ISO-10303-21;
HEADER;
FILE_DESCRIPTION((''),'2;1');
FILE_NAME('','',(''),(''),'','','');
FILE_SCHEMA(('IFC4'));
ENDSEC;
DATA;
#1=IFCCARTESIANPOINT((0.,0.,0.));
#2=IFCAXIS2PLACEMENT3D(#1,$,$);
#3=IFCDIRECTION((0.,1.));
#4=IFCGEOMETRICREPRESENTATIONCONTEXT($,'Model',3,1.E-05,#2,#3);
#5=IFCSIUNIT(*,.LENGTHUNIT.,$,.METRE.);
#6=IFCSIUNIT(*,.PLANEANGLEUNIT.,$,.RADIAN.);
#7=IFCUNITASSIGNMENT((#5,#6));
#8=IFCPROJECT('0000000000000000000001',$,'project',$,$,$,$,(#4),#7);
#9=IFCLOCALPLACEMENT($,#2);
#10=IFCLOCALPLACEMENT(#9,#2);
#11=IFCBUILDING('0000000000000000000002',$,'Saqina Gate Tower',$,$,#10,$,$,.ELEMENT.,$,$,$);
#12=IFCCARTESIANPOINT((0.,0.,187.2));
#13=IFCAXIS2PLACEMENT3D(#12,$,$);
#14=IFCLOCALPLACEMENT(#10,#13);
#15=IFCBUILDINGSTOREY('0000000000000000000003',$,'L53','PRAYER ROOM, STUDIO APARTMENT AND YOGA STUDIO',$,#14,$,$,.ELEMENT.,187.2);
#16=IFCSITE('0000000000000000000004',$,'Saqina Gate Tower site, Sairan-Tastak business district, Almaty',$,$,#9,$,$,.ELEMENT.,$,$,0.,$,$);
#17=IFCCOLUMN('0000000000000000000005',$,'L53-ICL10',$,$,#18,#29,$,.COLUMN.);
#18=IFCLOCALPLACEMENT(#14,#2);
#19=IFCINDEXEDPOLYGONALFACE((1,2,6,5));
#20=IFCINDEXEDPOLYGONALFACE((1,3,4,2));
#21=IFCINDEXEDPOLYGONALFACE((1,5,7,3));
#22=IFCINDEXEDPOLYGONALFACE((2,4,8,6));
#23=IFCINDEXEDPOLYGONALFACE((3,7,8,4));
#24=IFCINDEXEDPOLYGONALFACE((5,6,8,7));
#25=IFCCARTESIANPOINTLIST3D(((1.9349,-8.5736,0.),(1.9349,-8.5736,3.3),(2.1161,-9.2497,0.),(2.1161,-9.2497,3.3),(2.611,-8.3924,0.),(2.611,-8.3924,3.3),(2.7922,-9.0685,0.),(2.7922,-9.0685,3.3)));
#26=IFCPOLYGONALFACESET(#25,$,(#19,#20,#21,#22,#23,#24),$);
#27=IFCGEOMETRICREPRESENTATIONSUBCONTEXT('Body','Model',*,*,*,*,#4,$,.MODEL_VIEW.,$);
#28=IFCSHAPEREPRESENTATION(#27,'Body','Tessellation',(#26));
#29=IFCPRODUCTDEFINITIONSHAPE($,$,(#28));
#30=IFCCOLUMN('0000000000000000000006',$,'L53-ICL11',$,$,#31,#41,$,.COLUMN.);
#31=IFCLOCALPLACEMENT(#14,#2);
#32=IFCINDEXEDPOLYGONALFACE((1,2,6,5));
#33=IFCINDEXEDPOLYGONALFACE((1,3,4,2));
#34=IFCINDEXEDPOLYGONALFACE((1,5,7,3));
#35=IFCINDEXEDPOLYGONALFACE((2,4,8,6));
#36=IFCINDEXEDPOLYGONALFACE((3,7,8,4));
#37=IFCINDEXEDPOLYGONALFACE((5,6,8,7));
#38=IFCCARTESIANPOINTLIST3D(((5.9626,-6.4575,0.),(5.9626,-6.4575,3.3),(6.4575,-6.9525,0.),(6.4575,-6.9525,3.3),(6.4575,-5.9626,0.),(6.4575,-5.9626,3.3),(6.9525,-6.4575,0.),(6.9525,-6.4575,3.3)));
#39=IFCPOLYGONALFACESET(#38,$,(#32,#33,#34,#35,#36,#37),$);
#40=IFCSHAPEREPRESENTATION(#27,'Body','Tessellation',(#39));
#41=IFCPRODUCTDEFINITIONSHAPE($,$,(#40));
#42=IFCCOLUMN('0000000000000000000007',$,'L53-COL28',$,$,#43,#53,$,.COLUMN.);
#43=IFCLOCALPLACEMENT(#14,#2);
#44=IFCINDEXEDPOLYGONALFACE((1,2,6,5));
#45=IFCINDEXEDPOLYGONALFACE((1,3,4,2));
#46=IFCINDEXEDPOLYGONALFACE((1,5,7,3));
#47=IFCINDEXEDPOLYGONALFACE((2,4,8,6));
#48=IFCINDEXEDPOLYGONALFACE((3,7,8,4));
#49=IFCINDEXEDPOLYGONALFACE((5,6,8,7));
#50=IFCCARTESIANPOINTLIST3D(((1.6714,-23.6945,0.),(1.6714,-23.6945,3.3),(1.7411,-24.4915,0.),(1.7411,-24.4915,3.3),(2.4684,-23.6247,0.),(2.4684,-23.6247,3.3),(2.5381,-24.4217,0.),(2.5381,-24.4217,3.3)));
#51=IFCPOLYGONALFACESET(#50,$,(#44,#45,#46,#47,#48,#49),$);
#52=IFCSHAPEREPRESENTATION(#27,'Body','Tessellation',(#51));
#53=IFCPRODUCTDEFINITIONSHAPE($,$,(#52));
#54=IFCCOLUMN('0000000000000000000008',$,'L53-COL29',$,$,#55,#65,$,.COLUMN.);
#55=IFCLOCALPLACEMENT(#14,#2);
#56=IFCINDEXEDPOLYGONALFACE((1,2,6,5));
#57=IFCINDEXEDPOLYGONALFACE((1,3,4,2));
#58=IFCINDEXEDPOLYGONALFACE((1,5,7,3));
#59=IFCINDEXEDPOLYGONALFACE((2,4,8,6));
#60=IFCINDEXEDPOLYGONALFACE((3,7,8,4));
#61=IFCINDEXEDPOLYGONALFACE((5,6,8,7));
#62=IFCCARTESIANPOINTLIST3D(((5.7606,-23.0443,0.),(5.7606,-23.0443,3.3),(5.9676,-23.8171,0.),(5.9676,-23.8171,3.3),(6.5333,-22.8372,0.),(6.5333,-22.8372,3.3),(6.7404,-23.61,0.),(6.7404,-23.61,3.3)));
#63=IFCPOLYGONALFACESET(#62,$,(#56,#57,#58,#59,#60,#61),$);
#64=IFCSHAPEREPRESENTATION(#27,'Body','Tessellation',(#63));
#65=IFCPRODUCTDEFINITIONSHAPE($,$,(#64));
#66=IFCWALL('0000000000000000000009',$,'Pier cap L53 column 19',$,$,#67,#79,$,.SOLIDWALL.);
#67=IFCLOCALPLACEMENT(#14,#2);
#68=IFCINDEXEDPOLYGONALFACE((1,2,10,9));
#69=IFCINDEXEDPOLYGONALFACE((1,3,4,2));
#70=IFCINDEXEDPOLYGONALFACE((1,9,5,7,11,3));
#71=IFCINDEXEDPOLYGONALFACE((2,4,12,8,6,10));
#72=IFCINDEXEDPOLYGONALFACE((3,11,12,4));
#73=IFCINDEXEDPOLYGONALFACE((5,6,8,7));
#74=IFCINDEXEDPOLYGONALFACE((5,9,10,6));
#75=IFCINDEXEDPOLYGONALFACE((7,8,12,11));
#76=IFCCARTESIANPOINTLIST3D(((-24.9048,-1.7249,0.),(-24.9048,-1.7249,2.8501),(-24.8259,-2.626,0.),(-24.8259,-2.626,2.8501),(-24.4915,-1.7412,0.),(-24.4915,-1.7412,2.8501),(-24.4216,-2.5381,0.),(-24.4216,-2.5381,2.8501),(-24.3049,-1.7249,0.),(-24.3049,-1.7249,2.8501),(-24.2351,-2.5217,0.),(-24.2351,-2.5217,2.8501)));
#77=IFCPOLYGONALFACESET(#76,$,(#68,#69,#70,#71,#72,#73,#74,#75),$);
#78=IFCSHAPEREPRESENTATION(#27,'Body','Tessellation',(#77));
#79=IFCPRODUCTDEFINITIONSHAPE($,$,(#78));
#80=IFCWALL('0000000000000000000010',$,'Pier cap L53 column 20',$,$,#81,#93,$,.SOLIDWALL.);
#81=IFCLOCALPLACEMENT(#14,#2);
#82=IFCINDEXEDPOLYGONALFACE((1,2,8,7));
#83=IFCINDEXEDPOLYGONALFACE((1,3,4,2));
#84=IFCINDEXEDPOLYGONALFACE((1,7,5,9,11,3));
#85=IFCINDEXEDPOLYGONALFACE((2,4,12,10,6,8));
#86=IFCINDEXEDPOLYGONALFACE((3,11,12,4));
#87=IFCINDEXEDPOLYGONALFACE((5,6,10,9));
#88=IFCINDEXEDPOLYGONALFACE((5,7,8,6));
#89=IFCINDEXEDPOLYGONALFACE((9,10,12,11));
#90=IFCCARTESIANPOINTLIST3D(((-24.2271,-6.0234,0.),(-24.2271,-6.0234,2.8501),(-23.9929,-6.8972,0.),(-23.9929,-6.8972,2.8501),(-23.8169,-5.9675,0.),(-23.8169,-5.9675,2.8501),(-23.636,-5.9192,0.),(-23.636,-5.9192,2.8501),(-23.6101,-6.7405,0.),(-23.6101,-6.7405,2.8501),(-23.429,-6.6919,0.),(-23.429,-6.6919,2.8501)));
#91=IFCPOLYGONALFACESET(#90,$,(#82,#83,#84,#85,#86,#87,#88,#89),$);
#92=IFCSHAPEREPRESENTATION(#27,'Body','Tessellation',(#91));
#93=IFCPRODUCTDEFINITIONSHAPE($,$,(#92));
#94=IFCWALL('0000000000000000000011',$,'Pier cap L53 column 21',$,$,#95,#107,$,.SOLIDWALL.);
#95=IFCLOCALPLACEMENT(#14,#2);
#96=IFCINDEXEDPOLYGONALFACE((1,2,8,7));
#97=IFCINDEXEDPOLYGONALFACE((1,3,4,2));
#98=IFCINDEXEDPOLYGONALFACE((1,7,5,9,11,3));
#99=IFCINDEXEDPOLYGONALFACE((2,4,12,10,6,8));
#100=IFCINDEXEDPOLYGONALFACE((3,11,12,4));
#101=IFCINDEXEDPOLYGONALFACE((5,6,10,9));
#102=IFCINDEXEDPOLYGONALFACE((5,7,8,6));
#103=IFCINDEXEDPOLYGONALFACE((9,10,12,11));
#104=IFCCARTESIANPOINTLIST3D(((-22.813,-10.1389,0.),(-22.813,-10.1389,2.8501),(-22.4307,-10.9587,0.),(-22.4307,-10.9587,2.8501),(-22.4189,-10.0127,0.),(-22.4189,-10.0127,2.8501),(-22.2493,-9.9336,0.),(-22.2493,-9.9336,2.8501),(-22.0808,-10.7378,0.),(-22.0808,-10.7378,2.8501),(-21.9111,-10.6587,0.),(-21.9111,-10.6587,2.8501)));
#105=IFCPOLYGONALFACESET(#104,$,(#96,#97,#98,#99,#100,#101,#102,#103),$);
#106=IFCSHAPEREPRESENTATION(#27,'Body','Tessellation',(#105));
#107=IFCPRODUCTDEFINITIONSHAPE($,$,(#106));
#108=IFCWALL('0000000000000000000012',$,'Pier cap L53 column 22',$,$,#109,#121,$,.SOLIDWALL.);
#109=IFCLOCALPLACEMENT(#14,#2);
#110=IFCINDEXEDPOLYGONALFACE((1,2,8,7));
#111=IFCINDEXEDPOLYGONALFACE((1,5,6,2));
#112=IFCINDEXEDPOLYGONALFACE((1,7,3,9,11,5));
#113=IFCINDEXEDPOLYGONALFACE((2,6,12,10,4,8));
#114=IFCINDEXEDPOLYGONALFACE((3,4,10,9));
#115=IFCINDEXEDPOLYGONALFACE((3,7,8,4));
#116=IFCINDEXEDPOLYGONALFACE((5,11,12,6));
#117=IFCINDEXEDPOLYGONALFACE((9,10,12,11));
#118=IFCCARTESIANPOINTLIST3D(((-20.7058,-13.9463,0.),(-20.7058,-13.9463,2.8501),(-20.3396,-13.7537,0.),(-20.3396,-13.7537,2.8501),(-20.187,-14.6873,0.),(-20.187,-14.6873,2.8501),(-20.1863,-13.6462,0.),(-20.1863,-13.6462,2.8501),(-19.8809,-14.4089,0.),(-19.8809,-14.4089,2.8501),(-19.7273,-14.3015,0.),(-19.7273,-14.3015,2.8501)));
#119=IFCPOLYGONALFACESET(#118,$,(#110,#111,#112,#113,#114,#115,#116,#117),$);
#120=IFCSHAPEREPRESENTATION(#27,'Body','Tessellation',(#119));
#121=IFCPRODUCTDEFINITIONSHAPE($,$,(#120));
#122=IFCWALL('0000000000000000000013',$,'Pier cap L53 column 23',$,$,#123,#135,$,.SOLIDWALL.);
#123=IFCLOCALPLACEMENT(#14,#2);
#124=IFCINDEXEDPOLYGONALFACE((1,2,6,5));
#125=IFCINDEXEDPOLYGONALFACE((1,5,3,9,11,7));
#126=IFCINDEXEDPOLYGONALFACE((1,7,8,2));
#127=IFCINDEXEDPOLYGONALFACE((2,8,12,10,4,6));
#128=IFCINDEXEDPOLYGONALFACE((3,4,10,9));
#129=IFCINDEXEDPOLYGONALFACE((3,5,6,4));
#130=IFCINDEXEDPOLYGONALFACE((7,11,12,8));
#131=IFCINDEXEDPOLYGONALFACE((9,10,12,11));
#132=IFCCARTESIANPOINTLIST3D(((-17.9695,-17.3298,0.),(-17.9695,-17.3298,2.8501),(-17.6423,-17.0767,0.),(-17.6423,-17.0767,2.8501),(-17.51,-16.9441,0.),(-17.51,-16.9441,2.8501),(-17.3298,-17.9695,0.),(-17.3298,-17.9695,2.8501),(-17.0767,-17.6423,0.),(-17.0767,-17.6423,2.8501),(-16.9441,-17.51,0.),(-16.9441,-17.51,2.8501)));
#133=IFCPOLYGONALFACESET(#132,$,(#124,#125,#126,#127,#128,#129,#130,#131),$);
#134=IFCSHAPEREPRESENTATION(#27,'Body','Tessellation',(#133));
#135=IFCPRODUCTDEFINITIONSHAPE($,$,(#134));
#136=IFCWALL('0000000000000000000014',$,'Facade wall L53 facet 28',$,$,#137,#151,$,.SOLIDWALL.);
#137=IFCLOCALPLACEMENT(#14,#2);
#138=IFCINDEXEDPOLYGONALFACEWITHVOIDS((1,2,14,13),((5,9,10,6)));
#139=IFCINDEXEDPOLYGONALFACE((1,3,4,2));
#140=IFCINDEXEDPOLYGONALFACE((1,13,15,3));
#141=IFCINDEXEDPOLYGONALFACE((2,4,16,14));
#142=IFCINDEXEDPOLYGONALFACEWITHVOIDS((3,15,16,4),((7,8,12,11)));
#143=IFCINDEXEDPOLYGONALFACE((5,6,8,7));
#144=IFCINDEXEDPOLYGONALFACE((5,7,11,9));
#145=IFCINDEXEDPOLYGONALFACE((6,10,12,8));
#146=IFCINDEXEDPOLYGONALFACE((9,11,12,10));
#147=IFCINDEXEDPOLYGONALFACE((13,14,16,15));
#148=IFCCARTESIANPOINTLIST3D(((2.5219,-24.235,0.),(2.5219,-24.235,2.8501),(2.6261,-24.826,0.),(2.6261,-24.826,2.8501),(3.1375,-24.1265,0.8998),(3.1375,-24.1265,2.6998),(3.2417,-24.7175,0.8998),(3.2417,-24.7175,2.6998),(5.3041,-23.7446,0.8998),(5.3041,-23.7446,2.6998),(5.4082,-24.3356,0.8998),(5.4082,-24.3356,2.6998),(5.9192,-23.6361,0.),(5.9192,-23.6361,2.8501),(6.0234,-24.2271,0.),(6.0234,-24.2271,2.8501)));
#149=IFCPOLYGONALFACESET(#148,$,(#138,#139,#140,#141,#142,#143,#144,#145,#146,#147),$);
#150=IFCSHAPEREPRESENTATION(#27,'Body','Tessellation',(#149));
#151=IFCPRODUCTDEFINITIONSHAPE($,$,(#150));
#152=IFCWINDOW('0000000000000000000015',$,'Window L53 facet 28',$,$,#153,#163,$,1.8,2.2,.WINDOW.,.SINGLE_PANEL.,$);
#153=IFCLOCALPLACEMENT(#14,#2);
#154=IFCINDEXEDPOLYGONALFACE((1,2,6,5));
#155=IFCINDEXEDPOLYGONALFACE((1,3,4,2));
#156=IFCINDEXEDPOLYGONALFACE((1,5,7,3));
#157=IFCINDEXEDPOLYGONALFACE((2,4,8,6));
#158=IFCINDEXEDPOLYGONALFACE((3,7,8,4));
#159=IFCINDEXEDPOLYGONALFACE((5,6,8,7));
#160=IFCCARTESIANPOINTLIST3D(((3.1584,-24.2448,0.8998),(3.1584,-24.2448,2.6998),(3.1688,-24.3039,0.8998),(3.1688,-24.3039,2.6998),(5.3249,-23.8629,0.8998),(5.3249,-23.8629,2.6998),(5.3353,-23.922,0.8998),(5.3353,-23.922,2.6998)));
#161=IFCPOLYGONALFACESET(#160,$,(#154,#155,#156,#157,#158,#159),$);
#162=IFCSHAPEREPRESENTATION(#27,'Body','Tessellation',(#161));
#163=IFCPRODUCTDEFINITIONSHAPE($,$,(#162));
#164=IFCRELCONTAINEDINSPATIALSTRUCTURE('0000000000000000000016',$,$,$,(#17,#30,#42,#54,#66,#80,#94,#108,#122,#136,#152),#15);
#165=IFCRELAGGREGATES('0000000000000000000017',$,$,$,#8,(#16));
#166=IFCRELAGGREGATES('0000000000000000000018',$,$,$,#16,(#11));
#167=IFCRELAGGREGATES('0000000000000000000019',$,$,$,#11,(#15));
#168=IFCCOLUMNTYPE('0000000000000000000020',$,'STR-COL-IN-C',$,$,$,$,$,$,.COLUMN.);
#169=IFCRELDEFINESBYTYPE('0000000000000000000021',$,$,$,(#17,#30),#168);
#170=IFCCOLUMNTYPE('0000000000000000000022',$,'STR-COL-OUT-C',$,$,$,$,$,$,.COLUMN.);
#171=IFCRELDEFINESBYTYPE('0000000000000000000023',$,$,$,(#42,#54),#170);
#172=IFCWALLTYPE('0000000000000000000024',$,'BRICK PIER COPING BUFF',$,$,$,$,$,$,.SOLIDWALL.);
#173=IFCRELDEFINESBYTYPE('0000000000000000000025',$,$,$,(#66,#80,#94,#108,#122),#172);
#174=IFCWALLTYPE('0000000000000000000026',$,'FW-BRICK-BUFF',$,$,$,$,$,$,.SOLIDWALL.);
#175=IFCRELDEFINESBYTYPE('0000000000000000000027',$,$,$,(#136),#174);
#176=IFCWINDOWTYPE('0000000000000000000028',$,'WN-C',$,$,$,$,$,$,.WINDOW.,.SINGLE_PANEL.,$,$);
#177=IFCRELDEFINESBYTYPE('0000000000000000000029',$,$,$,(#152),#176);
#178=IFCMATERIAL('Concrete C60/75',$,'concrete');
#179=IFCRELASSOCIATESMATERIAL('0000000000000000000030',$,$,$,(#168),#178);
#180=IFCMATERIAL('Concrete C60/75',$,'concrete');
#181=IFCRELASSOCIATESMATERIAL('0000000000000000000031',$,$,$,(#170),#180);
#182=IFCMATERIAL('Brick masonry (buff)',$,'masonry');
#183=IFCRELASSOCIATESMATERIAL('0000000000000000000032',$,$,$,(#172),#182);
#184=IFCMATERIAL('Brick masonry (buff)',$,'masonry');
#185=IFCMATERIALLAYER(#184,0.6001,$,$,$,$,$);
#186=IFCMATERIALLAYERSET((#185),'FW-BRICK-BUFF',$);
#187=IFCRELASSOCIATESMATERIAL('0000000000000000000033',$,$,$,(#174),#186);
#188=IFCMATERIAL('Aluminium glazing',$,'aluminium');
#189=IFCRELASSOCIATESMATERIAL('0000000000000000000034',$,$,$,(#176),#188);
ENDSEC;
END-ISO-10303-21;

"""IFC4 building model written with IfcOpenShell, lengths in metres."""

from ifc_helpers import new_model, si_unit, direction, frame, frame_2d, origin, origin_2d, place, context, subcontext, project, spatial, polyline, rectangle, outline, extrude, material, layer, layer_set, material_profile, profile_set, type_object, element, fill, save


model = new_model("IFC4")

# Units and contexts
model_context = context("Model", 3, precision=1e-05, world=origin(), true_north=direction((0.0, 1.0)))
body_context = subcontext(model_context, "Body", "Model", "MODEL_VIEW")
ifc_project = project(units=[si_unit("LENGTHUNIT", "METRE"), si_unit("PLANEANGLEUNIT", "RADIAN")], contexts=[model_context])

# Site, building, storey
site_placement = place(None, origin())
site = spatial("IfcSite", under=ifc_project, at=site_placement, Name="Saqina Gate Tower site, Sairan-Tastak business district, Almaty", CompositionType="ELEMENT", RefElevation=0.0)
building_placement = place(site_placement, origin())
building = spatial("IfcBuilding", under=site, at=building_placement, Name="Saqina Gate Tower", CompositionType="ELEMENT")
storey_placement = place(building_placement, frame((0.0, 0.0, 187.2)))
storey = spatial("IfcBuildingStorey", under=building, at=storey_placement, Name="L53", Description="PRAYER ROOM, STUDIO APARTMENT AND YOGA STUDIO", CompositionType="ELEMENT", Elevation=187.2)

# Columns
ifc_material_1 = material(Name="Concrete C60/75", Category="concrete")
ifc_material_profile_1 = material_profile(ifc_material_1, rectangle(XDim=0.7, YDim=0.7, at=origin_2d()), Name="RC 700x700")
ifc_profile_set_1 = profile_set([ifc_material_profile_1], Name="Concrete C60/75")
column_type_1 = type_object("IfcColumnType", Name="STR-COL-IN-C", PredefinedType="COLUMN", material=ifc_profile_set_1)
for number, where, z_axis, x_axis, name in (
    (1, (2.3635, -8.821, 0.0), (0.0, 0.0, 1.0), (0.258819, -0.965926, 0.0), "L53-ICL10"),
    (2, (6.4575, -6.4575, 0.0), (0.0, 0.0, 1.0), (0.707107, -0.707107, 0.0), "L53-ICL11"),
):
    element("IfcColumn", number, at=place(storey_placement, frame(where, z_axis=z_axis, x_axis=x_axis)), inside=storey, type_object=column_type_1, Name=name, PredefinedType="COLUMN", context=body_context, shape_type="SweptSolid", body=[
        extrude(rectangle(XDim=0.7, YDim=0.7, at=origin_2d()), origin(), (0.0, 0.0, 1.0), 3.3),
    ])
ifc_material_2 = material(Name="Concrete C60/75", Category="concrete")
ifc_material_profile_2 = material_profile(ifc_material_2, rectangle(XDim=0.8, YDim=0.8, at=origin_2d()), Name="RC 800x800")
ifc_profile_set_2 = profile_set([ifc_material_profile_2], Name="Concrete C60/75")
column_type_2 = type_object("IfcColumnType", Name="STR-COL-OUT-C", PredefinedType="COLUMN", material=ifc_profile_set_2)
for number, where, z_axis, x_axis, name in (
    (3, (2.1047, -24.0581, 0.0), (0.0, 0.0, 1.0), (0.087156, -0.996195, 0.0), "L53-COL28"),
    (4, (6.2505, -23.3271, 0.0), (0.0, 0.0, 1.0), (0.258819, -0.965926, 0.0), "L53-COL29"),
):
    element("IfcColumn", number, at=place(storey_placement, frame(where, z_axis=z_axis, x_axis=x_axis)), inside=storey, type_object=column_type_2, Name=name, PredefinedType="COLUMN", context=body_context, shape_type="SweptSolid", body=[
        extrude(rectangle(XDim=0.8, YDim=0.8, at=origin_2d()), origin(), (0.0, 0.0, 1.0), 3.3),
    ])

# Walls
ifc_material_3 = material(Name="Brick masonry (buff)", Category="masonry")
wall_type_1 = type_object("IfcWallType", Name="BRICK PIER COPING BUFF", PredefinedType="SOLIDWALL", material=ifc_material_3)
wall_1_placement = place(storey_placement, origin())
element("IfcWall", 5, at=wall_1_placement, inside=storey, type_object=wall_type_1, Name="Pier cap L53 column 19", PredefinedType="SOLIDWALL", context=body_context, shape_type="SweptSolid", body=[
    extrude(outline(polyline([(-24.9048, -1.7249), (-24.8259, -2.626), (-24.2351, -2.5217), (-24.4216, -2.5381), (-24.4915, -1.7412), (-24.3049, -1.7249), (-24.9048, -1.7249)])), origin(), (0.0, 0.0, 1.0), 2.8501),
])
wall_2_placement = place(storey_placement, origin())
element("IfcWall", 6, at=wall_2_placement, inside=storey, type_object=wall_type_1, Name="Pier cap L53 column 20", PredefinedType="SOLIDWALL", context=body_context, shape_type="SweptSolid", body=[
    extrude(outline(polyline([(-24.2271, -6.0234), (-23.9929, -6.8972), (-23.429, -6.6919), (-23.6101, -6.7405), (-23.8169, -5.9675), (-23.636, -5.9192), (-24.2271, -6.0234)])), origin(), (0.0, 0.0, 1.0), 2.8501),
])
wall_3_placement = place(storey_placement, origin())
element("IfcWall", 7, at=wall_3_placement, inside=storey, type_object=wall_type_1, Name="Pier cap L53 column 21", PredefinedType="SOLIDWALL", context=body_context, shape_type="SweptSolid", body=[
    extrude(outline(polyline([(-22.4307, -10.9587), (-21.9111, -10.6587), (-22.0808, -10.7378), (-22.4189, -10.0127), (-22.2493, -9.9336), (-22.813, -10.1389), (-22.4307, -10.9587)])), origin(), (0.0, 0.0, 1.0), 2.8501),
])
wall_4_placement = place(storey_placement, origin())
element("IfcWall", 8, at=wall_4_placement, inside=storey, type_object=wall_type_1, Name="Pier cap L53 column 22", PredefinedType="SOLIDWALL", context=body_context, shape_type="SweptSolid", body=[
    extrude(outline(polyline([(-20.7058, -13.9463), (-20.187, -14.6873), (-19.7273, -14.3015), (-19.8809, -14.4089), (-20.3396, -13.7537), (-20.1863, -13.6462), (-20.7058, -13.9463)])), origin(), (0.0, 0.0, 1.0), 2.8501),
])
wall_5_placement = place(storey_placement, origin())
element("IfcWall", 9, at=wall_5_placement, inside=storey, type_object=wall_type_1, Name="Pier cap L53 column 23", PredefinedType="SOLIDWALL", context=body_context, shape_type="SweptSolid", body=[
    extrude(outline(polyline([(-17.3298, -17.9695), (-16.9441, -17.51), (-17.0767, -17.6423), (-17.6423, -17.0767), (-17.51, -16.9441), (-17.9695, -17.3298), (-17.3298, -17.9695)])), origin(), (0.0, 0.0, 1.0), 2.8501),
])

# Wall, opening, window
ifc_material_4 = material(Name="Brick masonry (buff)", Category="masonry")
ifc_layer_1 = layer(ifc_material_4, 0.6001)
ifc_layer_set_1 = layer_set([ifc_layer_1], Name="FW-BRICK-BUFF")
wall_type_2 = type_object("IfcWallType", Name="FW-BRICK-BUFF", PredefinedType="SOLIDWALL", material=ifc_layer_set_1)
wall_6_placement = place(storey_placement, frame((2.574, -24.5305, 0.0), z_axis=(0.0, 0.0, 1.0), x_axis=(0.984815, 0.173608, 0.0)))
wall_6 = element("IfcWall", 10, at=wall_6_placement, inside=storey, type_object=wall_type_2, Name="Facade wall L53 facet 28", PredefinedType="SOLIDWALL", context=body_context, shape_type="SweptSolid", body=[
    extrude(rectangle(XDim=3.4497, YDim=0.6001, at=frame_2d((1.7249, 0.0))), origin(), (0.0, 0.0, 1.0), 2.8501),
])
opening_1_placement = place(wall_6_placement, frame((0.625, 0.0, 0.8999)))
opening_1 = element("IfcOpeningElement", 11, at=opening_1_placement, cuts=wall_6, PredefinedType="OPENING", context=body_context, shape_type="SweptSolid", body=[
    extrude(rectangle(XDim=2.2, YDim=1.8, at=frame_2d((1.1001, 0.8999))), frame((0.0, 0.312, 0.0), z_axis=(0.0, -1.0, 0.0), x_axis=(1.0, 0.0, 0.0)), (0.0, 0.0, 1.0), 0.624),
])
ifc_material_5 = material(Name="Aluminium glazing", Category="aluminium")
window_type_1 = type_object("IfcWindowType", Name="WN-C", PartitioningType="SINGLE_PANEL", PredefinedType="WINDOW", material=ifc_material_5)
window_1_placement = place(opening_1_placement, origin())
window_1 = element("IfcWindow", 12, at=window_1_placement, inside=storey, type_object=window_type_1, Name="Window L53 facet 28", OverallHeight=1.8, OverallWidth=2.2, PartitioningType="SINGLE_PANEL", PredefinedType="WINDOW", context=body_context, shape_type="SweptSolid", body=[
    extrude(rectangle(XDim=2.2, YDim=1.8, at=frame_2d((1.1001, 0.8999))), frame((0.0, 0.1799, 0.0), z_axis=(0.0, -1.0, 0.0), x_axis=(1.0, 0.0, 0.0)), (0.0, 0.0, 1.0), 0.0601),
])
fill(opening_1, window_1)

save(model, "model.ifc")
